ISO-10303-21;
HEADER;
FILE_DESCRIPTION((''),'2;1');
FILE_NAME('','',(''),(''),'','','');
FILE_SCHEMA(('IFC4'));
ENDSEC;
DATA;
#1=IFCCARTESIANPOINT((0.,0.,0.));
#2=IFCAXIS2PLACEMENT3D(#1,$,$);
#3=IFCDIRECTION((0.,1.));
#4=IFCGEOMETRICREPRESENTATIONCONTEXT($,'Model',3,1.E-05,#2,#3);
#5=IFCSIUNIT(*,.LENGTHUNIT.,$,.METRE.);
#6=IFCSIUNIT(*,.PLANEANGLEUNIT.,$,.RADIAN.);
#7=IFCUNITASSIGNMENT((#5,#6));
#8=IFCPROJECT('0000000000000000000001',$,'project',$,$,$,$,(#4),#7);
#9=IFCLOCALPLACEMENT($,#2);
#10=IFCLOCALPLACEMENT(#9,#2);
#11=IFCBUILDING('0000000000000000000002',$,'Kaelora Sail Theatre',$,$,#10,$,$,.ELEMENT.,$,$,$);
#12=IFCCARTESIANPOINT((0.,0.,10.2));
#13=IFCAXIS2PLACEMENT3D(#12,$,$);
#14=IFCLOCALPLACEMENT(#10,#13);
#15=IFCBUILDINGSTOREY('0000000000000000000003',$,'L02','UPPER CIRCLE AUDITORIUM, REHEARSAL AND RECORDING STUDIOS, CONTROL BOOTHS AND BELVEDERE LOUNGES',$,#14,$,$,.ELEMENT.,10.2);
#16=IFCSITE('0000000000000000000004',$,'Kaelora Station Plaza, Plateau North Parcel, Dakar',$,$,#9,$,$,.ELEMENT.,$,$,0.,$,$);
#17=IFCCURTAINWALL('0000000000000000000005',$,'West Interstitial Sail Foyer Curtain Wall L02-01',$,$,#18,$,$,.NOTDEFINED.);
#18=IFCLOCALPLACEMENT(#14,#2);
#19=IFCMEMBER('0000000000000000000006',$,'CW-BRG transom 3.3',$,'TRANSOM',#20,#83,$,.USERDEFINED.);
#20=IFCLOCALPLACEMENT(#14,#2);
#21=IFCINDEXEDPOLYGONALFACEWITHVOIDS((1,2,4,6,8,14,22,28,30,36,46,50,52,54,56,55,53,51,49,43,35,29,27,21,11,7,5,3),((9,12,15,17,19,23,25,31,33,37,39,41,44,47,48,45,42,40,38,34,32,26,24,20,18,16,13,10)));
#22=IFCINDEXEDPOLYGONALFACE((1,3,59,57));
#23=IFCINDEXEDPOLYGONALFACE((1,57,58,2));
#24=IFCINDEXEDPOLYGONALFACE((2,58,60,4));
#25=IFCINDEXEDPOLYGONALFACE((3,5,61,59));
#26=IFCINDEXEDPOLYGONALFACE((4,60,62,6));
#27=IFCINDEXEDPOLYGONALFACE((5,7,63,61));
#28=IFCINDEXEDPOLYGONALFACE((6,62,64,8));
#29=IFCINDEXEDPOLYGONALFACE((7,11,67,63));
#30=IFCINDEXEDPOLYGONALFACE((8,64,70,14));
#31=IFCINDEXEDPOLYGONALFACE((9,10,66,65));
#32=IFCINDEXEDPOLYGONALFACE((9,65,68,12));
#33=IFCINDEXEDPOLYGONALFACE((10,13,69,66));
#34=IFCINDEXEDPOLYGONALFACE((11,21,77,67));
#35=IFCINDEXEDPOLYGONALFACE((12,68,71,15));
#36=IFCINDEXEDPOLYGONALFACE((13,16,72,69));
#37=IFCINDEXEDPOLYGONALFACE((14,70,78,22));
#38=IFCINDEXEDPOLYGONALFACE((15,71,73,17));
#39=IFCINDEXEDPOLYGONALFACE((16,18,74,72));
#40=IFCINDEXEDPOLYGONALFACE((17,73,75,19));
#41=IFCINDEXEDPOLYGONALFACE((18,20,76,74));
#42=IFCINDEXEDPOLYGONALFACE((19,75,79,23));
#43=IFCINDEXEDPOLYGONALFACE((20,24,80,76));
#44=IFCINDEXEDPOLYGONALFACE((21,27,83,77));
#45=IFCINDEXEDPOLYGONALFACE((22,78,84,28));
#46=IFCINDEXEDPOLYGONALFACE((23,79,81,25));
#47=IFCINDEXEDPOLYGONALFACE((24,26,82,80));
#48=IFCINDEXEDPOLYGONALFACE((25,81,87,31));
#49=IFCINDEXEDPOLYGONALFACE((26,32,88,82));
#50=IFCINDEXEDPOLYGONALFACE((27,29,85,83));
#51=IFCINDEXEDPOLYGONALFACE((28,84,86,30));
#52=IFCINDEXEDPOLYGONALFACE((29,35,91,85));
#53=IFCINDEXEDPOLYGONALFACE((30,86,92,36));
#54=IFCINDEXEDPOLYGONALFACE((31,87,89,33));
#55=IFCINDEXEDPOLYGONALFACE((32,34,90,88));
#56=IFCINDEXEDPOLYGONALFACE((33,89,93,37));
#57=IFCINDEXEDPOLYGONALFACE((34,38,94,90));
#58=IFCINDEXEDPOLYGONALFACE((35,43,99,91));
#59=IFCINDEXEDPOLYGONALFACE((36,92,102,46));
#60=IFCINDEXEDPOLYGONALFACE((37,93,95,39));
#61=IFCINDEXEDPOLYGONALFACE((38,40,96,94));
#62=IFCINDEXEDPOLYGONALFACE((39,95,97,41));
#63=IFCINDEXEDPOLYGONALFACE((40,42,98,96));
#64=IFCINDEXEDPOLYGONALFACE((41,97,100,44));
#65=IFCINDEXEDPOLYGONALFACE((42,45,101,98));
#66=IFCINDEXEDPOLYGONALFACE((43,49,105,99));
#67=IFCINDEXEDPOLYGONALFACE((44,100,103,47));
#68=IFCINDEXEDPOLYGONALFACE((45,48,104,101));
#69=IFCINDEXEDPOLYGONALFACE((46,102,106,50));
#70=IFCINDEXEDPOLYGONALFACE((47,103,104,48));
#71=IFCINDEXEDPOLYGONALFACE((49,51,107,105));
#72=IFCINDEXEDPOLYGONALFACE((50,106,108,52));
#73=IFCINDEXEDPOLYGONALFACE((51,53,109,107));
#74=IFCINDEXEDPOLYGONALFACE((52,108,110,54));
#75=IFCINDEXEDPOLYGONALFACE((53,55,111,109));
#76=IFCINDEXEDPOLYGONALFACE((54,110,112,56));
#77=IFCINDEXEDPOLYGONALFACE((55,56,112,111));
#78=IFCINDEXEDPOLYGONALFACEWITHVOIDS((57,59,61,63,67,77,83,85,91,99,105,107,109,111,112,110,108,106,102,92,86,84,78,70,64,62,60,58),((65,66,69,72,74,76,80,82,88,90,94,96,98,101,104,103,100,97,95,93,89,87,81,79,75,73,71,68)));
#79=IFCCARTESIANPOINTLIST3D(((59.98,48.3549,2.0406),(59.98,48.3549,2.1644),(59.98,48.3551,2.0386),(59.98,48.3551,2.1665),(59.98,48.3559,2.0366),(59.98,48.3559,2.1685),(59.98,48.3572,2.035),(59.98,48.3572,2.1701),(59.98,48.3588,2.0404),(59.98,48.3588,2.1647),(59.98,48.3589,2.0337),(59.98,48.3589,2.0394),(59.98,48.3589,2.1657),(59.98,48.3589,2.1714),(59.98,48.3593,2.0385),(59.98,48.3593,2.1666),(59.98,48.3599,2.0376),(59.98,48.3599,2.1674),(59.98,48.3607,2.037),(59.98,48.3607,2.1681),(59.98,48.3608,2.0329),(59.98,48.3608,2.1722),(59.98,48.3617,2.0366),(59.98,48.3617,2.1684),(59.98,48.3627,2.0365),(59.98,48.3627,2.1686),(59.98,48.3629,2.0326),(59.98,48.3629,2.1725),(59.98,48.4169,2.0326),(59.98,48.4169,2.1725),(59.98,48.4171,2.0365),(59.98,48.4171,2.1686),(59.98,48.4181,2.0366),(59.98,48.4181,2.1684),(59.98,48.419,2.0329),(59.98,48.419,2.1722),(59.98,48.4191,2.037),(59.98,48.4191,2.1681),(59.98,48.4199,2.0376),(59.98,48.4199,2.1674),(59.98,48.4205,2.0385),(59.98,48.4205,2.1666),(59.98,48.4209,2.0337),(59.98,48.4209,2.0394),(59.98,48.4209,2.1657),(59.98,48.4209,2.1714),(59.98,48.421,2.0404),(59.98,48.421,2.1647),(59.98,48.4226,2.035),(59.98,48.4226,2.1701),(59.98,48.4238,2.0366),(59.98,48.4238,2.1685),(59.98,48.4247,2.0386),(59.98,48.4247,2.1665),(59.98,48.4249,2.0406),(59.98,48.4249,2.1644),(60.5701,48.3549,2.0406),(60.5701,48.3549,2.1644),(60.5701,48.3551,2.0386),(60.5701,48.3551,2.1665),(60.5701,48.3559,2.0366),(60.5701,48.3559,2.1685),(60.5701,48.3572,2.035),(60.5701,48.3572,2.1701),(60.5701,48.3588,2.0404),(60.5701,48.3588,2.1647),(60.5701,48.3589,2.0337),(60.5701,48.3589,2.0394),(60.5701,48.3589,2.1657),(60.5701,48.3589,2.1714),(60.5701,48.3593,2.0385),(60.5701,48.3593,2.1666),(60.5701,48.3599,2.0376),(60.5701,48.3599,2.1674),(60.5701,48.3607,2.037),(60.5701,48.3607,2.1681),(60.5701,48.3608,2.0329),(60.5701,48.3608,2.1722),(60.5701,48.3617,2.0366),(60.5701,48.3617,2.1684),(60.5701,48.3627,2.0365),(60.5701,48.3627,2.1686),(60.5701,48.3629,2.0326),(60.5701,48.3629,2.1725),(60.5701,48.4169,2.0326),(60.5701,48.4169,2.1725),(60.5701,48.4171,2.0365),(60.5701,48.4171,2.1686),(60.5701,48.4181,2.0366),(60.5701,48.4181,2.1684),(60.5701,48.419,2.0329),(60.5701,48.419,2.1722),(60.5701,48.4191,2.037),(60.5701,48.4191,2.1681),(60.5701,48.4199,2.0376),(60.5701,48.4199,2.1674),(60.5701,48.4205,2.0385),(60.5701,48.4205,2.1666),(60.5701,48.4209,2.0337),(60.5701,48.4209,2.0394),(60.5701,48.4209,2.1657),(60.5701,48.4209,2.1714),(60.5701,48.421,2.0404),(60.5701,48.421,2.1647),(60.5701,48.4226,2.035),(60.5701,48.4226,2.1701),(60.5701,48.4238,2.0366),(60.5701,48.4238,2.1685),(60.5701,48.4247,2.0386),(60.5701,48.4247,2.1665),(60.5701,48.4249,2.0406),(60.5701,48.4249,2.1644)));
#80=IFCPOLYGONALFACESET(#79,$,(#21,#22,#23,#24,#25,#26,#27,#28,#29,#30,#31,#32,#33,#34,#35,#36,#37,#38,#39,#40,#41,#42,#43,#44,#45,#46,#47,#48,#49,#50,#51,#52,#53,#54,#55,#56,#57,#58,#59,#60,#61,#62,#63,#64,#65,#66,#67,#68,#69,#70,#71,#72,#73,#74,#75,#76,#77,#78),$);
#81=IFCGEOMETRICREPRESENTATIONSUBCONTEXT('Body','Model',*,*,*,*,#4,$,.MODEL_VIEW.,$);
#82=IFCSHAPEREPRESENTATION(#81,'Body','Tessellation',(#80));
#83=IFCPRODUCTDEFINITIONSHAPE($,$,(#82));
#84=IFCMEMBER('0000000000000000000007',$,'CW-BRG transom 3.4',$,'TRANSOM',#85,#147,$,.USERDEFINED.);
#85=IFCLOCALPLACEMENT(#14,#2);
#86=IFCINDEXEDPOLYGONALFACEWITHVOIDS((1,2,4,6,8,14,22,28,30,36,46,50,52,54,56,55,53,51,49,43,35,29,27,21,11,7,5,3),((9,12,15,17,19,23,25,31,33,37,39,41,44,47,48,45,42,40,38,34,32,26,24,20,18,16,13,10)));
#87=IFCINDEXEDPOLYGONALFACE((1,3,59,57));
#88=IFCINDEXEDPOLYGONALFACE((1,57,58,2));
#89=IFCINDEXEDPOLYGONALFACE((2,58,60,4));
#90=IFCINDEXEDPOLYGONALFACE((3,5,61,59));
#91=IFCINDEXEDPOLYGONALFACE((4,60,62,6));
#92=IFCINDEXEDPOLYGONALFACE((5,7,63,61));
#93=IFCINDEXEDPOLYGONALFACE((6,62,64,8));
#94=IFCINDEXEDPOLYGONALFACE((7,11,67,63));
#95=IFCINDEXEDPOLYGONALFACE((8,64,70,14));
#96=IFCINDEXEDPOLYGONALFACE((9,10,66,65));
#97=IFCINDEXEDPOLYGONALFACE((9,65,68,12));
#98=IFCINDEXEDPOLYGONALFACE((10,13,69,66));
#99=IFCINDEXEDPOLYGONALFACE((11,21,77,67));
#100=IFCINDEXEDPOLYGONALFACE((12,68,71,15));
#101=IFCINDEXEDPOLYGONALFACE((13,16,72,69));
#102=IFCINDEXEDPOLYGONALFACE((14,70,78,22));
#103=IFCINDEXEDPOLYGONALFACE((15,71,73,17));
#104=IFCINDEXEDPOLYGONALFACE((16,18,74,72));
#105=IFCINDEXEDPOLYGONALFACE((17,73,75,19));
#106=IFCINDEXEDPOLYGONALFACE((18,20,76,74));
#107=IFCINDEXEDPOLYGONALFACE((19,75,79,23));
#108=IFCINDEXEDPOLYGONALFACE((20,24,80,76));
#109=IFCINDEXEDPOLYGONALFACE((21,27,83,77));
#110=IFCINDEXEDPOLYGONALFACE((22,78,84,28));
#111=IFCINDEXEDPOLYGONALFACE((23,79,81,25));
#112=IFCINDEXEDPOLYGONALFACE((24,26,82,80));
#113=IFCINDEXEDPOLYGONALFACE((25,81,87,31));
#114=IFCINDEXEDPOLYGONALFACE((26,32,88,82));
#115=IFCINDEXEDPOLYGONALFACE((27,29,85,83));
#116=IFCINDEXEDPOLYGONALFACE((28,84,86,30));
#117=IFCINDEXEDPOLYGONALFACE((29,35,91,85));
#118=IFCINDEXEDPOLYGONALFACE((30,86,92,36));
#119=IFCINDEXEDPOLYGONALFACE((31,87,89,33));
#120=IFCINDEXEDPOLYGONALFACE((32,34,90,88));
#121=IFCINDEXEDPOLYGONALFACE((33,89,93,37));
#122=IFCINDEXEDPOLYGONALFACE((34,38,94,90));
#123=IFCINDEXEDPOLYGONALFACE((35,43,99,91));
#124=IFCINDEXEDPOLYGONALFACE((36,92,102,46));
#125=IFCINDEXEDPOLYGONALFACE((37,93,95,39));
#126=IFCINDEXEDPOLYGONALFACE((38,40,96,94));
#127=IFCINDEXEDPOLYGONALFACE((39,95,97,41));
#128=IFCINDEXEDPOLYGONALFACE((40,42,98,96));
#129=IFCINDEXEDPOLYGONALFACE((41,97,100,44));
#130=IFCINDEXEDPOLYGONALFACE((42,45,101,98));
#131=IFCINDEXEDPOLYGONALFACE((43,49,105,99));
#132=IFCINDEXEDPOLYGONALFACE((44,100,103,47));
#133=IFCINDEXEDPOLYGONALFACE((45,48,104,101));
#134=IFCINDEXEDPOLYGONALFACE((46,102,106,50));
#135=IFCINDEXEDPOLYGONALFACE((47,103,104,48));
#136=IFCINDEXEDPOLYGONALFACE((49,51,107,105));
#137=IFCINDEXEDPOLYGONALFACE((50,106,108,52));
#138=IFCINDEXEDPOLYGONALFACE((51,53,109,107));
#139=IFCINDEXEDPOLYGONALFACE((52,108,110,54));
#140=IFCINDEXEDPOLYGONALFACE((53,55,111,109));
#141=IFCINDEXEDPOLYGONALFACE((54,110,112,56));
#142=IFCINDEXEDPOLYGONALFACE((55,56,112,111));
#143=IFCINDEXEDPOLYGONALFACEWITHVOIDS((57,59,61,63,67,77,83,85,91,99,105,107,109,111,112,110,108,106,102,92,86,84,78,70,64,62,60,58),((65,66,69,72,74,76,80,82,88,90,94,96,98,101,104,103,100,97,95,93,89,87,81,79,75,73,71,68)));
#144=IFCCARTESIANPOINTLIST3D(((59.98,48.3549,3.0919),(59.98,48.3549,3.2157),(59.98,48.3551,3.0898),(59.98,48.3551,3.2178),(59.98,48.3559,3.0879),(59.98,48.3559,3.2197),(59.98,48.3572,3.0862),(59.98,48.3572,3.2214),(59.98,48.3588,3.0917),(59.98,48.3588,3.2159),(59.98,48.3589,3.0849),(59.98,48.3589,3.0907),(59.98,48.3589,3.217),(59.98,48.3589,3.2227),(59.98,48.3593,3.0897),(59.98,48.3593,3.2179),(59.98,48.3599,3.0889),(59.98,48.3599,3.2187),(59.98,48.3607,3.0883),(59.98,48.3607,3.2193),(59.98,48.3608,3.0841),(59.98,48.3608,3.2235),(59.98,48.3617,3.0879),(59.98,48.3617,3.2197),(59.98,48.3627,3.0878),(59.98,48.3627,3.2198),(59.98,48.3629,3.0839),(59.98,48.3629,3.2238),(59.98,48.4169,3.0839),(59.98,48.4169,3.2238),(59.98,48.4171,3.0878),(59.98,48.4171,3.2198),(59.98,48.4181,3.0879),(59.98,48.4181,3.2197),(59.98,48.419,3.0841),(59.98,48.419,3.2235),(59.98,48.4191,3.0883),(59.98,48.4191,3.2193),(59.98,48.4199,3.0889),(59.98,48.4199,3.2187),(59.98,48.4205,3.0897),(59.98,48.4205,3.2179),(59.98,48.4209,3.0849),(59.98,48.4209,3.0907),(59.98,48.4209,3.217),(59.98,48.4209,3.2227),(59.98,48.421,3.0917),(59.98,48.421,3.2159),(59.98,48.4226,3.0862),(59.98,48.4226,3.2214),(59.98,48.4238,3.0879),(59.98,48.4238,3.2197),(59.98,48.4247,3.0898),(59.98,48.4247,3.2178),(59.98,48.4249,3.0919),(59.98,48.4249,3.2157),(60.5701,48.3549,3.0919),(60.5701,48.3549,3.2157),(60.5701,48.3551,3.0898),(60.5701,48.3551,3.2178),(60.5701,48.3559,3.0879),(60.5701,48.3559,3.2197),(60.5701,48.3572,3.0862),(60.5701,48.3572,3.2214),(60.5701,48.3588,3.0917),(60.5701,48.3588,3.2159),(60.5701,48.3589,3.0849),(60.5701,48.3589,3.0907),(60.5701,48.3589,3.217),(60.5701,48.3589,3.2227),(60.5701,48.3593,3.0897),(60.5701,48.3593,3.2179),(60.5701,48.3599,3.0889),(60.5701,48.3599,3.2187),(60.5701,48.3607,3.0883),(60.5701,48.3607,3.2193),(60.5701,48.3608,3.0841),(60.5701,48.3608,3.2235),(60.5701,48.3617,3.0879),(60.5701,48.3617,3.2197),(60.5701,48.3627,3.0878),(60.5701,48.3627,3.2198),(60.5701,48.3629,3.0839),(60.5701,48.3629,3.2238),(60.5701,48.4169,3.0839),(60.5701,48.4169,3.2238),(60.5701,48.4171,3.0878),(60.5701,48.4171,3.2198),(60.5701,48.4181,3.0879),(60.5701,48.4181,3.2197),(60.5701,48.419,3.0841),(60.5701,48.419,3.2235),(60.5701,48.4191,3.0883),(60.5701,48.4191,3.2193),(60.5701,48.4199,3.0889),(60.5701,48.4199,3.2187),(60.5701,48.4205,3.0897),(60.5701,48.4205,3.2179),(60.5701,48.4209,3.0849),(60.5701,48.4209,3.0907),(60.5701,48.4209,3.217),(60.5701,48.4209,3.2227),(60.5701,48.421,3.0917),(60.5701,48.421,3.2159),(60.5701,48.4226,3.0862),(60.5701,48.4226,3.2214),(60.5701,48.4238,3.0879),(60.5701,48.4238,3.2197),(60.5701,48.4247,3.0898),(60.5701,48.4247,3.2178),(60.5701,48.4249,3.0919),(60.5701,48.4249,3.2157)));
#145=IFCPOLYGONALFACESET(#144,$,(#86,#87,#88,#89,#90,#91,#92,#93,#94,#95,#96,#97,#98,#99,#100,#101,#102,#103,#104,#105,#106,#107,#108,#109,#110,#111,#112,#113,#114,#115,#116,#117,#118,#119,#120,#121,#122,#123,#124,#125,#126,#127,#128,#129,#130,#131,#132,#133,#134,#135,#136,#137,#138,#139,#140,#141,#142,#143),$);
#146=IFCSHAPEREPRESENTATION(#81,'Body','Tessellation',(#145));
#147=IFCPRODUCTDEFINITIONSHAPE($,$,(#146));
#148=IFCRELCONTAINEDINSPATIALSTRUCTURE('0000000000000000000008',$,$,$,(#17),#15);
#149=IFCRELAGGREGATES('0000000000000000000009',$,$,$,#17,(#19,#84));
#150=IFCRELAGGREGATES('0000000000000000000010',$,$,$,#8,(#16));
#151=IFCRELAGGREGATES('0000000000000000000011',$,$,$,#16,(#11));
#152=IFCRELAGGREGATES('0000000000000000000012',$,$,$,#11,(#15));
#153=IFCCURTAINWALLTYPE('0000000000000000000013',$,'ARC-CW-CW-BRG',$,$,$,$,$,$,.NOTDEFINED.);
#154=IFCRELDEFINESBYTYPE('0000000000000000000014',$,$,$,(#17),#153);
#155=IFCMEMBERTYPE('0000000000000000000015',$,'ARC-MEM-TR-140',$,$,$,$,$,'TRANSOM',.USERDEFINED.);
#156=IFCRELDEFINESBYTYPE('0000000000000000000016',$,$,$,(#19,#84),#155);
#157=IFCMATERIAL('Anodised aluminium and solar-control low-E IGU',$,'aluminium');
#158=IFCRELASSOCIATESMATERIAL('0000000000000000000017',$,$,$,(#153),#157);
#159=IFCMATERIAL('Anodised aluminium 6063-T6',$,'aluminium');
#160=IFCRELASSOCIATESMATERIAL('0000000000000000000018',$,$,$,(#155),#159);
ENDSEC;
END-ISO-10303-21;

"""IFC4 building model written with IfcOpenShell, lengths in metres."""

from ifc_helpers import new_model, si_unit, direction, frame, origin, origin_2d, place, context, subcontext, project, spatial, hollow_rectangle, extrude, material, material_profile, profile_set, type_object, element, aggregate, save


model = new_model("IFC4")

# Units and contexts
model_context = context("Model", 3, precision=1e-05, world=origin(), true_north=direction((0.0, 1.0)))
body_context = subcontext(model_context, "Body", "Model", "MODEL_VIEW")
ifc_project = project(units=[si_unit("LENGTHUNIT", "METRE"), si_unit("PLANEANGLEUNIT", "RADIAN")], contexts=[model_context])

# Site, building, storey
site_placement = place(None, origin())
site = spatial("IfcSite", under=ifc_project, at=site_placement, Name="Kaelora Station Plaza, Plateau North Parcel, Dakar", CompositionType="ELEMENT", RefElevation=0.0)
building_placement = place(site_placement, origin())
building = spatial("IfcBuilding", under=site, at=building_placement, Name="Kaelora Sail Theatre", CompositionType="ELEMENT")
storey_placement = place(building_placement, frame((0.0, 0.0, 10.2)))
storey = spatial("IfcBuildingStorey", under=building, at=storey_placement, Name="L02", Description="UPPER CIRCLE AUDITORIUM, REHEARSAL AND RECORDING STUDIOS, CONTROL BOOTHS AND BELVEDERE LOUNGES", CompositionType="ELEMENT", Elevation=10.2)

# Curtain wall, members
ifc_material_1 = material(Name="Anodised aluminium and solar-control low-E IGU", Category="aluminium")
curtain_wall_type = type_object("IfcCurtainWallType", Name="ARC-CW-CW-BRG", PredefinedType="NOTDEFINED", material=ifc_material_1)
curtain_wall_placement = place(storey_placement, origin())
curtain_wall = element("IfcCurtainWall", 1, at=curtain_wall_placement, inside=storey, type_object=curtain_wall_type, Name="West Interstitial Sail Foyer Curtain Wall L02-01", PredefinedType="NOTDEFINED")
ifc_material_2 = material(Name="Anodised aluminium 6063-T6", Category="aluminium")
ifc_material_profile_1 = material_profile(ifc_material_2, hollow_rectangle(XDim=0.0701, YDim=0.1399, WallThickness=0.0039, InnerFilletRadius=0.0039, OuterFilletRadius=0.0081, at=origin_2d()), Name="ALU-TRAN 70x140x4")
ifc_profile_set_1 = profile_set([ifc_material_profile_1], Name="Anodised aluminium 6063-T6")
member_type_1 = type_object("IfcMemberType", Name="ARC-MEM-TR-140", ElementType="TRANSOM", PredefinedType="USERDEFINED", material=ifc_profile_set_1)
member_1_placement = place(storey_placement, frame((59.98, 48.3899, 2.1025), z_axis=(1.0, 0.0, 0.0), x_axis=(0.0, 1.0, 0.0)))
member_1 = element("IfcMember", 2, at=member_1_placement, type_object=member_type_1, Name="CW-BRG transom 3.3", ObjectType="TRANSOM", PredefinedType="USERDEFINED", context=body_context, shape_type="SweptSolid", body=[
    extrude(hollow_rectangle(XDim=0.0701, YDim=0.1399, WallThickness=0.0039, InnerFilletRadius=0.0039, OuterFilletRadius=0.0081, at=origin_2d()), origin(), (0.0, 0.0, 1.0), 0.5901),
])
member_2_placement = place(storey_placement, frame((59.98, 48.3899, 3.1538), z_axis=(1.0, 0.0, 0.0), x_axis=(0.0, 1.0, 0.0)))
member_2 = element("IfcMember", 3, at=member_2_placement, type_object=member_type_1, Name="CW-BRG transom 3.4", ObjectType="TRANSOM", PredefinedType="USERDEFINED", context=body_context, shape_type="SweptSolid", body=[
    extrude(hollow_rectangle(XDim=0.0701, YDim=0.1399, WallThickness=0.0039, InnerFilletRadius=0.0039, OuterFilletRadius=0.0081, at=origin_2d()), origin(), (0.0, 0.0, 1.0), 0.5901),
])
aggregate(curtain_wall, [member_1, member_2])

save(model, "model.ifc")
